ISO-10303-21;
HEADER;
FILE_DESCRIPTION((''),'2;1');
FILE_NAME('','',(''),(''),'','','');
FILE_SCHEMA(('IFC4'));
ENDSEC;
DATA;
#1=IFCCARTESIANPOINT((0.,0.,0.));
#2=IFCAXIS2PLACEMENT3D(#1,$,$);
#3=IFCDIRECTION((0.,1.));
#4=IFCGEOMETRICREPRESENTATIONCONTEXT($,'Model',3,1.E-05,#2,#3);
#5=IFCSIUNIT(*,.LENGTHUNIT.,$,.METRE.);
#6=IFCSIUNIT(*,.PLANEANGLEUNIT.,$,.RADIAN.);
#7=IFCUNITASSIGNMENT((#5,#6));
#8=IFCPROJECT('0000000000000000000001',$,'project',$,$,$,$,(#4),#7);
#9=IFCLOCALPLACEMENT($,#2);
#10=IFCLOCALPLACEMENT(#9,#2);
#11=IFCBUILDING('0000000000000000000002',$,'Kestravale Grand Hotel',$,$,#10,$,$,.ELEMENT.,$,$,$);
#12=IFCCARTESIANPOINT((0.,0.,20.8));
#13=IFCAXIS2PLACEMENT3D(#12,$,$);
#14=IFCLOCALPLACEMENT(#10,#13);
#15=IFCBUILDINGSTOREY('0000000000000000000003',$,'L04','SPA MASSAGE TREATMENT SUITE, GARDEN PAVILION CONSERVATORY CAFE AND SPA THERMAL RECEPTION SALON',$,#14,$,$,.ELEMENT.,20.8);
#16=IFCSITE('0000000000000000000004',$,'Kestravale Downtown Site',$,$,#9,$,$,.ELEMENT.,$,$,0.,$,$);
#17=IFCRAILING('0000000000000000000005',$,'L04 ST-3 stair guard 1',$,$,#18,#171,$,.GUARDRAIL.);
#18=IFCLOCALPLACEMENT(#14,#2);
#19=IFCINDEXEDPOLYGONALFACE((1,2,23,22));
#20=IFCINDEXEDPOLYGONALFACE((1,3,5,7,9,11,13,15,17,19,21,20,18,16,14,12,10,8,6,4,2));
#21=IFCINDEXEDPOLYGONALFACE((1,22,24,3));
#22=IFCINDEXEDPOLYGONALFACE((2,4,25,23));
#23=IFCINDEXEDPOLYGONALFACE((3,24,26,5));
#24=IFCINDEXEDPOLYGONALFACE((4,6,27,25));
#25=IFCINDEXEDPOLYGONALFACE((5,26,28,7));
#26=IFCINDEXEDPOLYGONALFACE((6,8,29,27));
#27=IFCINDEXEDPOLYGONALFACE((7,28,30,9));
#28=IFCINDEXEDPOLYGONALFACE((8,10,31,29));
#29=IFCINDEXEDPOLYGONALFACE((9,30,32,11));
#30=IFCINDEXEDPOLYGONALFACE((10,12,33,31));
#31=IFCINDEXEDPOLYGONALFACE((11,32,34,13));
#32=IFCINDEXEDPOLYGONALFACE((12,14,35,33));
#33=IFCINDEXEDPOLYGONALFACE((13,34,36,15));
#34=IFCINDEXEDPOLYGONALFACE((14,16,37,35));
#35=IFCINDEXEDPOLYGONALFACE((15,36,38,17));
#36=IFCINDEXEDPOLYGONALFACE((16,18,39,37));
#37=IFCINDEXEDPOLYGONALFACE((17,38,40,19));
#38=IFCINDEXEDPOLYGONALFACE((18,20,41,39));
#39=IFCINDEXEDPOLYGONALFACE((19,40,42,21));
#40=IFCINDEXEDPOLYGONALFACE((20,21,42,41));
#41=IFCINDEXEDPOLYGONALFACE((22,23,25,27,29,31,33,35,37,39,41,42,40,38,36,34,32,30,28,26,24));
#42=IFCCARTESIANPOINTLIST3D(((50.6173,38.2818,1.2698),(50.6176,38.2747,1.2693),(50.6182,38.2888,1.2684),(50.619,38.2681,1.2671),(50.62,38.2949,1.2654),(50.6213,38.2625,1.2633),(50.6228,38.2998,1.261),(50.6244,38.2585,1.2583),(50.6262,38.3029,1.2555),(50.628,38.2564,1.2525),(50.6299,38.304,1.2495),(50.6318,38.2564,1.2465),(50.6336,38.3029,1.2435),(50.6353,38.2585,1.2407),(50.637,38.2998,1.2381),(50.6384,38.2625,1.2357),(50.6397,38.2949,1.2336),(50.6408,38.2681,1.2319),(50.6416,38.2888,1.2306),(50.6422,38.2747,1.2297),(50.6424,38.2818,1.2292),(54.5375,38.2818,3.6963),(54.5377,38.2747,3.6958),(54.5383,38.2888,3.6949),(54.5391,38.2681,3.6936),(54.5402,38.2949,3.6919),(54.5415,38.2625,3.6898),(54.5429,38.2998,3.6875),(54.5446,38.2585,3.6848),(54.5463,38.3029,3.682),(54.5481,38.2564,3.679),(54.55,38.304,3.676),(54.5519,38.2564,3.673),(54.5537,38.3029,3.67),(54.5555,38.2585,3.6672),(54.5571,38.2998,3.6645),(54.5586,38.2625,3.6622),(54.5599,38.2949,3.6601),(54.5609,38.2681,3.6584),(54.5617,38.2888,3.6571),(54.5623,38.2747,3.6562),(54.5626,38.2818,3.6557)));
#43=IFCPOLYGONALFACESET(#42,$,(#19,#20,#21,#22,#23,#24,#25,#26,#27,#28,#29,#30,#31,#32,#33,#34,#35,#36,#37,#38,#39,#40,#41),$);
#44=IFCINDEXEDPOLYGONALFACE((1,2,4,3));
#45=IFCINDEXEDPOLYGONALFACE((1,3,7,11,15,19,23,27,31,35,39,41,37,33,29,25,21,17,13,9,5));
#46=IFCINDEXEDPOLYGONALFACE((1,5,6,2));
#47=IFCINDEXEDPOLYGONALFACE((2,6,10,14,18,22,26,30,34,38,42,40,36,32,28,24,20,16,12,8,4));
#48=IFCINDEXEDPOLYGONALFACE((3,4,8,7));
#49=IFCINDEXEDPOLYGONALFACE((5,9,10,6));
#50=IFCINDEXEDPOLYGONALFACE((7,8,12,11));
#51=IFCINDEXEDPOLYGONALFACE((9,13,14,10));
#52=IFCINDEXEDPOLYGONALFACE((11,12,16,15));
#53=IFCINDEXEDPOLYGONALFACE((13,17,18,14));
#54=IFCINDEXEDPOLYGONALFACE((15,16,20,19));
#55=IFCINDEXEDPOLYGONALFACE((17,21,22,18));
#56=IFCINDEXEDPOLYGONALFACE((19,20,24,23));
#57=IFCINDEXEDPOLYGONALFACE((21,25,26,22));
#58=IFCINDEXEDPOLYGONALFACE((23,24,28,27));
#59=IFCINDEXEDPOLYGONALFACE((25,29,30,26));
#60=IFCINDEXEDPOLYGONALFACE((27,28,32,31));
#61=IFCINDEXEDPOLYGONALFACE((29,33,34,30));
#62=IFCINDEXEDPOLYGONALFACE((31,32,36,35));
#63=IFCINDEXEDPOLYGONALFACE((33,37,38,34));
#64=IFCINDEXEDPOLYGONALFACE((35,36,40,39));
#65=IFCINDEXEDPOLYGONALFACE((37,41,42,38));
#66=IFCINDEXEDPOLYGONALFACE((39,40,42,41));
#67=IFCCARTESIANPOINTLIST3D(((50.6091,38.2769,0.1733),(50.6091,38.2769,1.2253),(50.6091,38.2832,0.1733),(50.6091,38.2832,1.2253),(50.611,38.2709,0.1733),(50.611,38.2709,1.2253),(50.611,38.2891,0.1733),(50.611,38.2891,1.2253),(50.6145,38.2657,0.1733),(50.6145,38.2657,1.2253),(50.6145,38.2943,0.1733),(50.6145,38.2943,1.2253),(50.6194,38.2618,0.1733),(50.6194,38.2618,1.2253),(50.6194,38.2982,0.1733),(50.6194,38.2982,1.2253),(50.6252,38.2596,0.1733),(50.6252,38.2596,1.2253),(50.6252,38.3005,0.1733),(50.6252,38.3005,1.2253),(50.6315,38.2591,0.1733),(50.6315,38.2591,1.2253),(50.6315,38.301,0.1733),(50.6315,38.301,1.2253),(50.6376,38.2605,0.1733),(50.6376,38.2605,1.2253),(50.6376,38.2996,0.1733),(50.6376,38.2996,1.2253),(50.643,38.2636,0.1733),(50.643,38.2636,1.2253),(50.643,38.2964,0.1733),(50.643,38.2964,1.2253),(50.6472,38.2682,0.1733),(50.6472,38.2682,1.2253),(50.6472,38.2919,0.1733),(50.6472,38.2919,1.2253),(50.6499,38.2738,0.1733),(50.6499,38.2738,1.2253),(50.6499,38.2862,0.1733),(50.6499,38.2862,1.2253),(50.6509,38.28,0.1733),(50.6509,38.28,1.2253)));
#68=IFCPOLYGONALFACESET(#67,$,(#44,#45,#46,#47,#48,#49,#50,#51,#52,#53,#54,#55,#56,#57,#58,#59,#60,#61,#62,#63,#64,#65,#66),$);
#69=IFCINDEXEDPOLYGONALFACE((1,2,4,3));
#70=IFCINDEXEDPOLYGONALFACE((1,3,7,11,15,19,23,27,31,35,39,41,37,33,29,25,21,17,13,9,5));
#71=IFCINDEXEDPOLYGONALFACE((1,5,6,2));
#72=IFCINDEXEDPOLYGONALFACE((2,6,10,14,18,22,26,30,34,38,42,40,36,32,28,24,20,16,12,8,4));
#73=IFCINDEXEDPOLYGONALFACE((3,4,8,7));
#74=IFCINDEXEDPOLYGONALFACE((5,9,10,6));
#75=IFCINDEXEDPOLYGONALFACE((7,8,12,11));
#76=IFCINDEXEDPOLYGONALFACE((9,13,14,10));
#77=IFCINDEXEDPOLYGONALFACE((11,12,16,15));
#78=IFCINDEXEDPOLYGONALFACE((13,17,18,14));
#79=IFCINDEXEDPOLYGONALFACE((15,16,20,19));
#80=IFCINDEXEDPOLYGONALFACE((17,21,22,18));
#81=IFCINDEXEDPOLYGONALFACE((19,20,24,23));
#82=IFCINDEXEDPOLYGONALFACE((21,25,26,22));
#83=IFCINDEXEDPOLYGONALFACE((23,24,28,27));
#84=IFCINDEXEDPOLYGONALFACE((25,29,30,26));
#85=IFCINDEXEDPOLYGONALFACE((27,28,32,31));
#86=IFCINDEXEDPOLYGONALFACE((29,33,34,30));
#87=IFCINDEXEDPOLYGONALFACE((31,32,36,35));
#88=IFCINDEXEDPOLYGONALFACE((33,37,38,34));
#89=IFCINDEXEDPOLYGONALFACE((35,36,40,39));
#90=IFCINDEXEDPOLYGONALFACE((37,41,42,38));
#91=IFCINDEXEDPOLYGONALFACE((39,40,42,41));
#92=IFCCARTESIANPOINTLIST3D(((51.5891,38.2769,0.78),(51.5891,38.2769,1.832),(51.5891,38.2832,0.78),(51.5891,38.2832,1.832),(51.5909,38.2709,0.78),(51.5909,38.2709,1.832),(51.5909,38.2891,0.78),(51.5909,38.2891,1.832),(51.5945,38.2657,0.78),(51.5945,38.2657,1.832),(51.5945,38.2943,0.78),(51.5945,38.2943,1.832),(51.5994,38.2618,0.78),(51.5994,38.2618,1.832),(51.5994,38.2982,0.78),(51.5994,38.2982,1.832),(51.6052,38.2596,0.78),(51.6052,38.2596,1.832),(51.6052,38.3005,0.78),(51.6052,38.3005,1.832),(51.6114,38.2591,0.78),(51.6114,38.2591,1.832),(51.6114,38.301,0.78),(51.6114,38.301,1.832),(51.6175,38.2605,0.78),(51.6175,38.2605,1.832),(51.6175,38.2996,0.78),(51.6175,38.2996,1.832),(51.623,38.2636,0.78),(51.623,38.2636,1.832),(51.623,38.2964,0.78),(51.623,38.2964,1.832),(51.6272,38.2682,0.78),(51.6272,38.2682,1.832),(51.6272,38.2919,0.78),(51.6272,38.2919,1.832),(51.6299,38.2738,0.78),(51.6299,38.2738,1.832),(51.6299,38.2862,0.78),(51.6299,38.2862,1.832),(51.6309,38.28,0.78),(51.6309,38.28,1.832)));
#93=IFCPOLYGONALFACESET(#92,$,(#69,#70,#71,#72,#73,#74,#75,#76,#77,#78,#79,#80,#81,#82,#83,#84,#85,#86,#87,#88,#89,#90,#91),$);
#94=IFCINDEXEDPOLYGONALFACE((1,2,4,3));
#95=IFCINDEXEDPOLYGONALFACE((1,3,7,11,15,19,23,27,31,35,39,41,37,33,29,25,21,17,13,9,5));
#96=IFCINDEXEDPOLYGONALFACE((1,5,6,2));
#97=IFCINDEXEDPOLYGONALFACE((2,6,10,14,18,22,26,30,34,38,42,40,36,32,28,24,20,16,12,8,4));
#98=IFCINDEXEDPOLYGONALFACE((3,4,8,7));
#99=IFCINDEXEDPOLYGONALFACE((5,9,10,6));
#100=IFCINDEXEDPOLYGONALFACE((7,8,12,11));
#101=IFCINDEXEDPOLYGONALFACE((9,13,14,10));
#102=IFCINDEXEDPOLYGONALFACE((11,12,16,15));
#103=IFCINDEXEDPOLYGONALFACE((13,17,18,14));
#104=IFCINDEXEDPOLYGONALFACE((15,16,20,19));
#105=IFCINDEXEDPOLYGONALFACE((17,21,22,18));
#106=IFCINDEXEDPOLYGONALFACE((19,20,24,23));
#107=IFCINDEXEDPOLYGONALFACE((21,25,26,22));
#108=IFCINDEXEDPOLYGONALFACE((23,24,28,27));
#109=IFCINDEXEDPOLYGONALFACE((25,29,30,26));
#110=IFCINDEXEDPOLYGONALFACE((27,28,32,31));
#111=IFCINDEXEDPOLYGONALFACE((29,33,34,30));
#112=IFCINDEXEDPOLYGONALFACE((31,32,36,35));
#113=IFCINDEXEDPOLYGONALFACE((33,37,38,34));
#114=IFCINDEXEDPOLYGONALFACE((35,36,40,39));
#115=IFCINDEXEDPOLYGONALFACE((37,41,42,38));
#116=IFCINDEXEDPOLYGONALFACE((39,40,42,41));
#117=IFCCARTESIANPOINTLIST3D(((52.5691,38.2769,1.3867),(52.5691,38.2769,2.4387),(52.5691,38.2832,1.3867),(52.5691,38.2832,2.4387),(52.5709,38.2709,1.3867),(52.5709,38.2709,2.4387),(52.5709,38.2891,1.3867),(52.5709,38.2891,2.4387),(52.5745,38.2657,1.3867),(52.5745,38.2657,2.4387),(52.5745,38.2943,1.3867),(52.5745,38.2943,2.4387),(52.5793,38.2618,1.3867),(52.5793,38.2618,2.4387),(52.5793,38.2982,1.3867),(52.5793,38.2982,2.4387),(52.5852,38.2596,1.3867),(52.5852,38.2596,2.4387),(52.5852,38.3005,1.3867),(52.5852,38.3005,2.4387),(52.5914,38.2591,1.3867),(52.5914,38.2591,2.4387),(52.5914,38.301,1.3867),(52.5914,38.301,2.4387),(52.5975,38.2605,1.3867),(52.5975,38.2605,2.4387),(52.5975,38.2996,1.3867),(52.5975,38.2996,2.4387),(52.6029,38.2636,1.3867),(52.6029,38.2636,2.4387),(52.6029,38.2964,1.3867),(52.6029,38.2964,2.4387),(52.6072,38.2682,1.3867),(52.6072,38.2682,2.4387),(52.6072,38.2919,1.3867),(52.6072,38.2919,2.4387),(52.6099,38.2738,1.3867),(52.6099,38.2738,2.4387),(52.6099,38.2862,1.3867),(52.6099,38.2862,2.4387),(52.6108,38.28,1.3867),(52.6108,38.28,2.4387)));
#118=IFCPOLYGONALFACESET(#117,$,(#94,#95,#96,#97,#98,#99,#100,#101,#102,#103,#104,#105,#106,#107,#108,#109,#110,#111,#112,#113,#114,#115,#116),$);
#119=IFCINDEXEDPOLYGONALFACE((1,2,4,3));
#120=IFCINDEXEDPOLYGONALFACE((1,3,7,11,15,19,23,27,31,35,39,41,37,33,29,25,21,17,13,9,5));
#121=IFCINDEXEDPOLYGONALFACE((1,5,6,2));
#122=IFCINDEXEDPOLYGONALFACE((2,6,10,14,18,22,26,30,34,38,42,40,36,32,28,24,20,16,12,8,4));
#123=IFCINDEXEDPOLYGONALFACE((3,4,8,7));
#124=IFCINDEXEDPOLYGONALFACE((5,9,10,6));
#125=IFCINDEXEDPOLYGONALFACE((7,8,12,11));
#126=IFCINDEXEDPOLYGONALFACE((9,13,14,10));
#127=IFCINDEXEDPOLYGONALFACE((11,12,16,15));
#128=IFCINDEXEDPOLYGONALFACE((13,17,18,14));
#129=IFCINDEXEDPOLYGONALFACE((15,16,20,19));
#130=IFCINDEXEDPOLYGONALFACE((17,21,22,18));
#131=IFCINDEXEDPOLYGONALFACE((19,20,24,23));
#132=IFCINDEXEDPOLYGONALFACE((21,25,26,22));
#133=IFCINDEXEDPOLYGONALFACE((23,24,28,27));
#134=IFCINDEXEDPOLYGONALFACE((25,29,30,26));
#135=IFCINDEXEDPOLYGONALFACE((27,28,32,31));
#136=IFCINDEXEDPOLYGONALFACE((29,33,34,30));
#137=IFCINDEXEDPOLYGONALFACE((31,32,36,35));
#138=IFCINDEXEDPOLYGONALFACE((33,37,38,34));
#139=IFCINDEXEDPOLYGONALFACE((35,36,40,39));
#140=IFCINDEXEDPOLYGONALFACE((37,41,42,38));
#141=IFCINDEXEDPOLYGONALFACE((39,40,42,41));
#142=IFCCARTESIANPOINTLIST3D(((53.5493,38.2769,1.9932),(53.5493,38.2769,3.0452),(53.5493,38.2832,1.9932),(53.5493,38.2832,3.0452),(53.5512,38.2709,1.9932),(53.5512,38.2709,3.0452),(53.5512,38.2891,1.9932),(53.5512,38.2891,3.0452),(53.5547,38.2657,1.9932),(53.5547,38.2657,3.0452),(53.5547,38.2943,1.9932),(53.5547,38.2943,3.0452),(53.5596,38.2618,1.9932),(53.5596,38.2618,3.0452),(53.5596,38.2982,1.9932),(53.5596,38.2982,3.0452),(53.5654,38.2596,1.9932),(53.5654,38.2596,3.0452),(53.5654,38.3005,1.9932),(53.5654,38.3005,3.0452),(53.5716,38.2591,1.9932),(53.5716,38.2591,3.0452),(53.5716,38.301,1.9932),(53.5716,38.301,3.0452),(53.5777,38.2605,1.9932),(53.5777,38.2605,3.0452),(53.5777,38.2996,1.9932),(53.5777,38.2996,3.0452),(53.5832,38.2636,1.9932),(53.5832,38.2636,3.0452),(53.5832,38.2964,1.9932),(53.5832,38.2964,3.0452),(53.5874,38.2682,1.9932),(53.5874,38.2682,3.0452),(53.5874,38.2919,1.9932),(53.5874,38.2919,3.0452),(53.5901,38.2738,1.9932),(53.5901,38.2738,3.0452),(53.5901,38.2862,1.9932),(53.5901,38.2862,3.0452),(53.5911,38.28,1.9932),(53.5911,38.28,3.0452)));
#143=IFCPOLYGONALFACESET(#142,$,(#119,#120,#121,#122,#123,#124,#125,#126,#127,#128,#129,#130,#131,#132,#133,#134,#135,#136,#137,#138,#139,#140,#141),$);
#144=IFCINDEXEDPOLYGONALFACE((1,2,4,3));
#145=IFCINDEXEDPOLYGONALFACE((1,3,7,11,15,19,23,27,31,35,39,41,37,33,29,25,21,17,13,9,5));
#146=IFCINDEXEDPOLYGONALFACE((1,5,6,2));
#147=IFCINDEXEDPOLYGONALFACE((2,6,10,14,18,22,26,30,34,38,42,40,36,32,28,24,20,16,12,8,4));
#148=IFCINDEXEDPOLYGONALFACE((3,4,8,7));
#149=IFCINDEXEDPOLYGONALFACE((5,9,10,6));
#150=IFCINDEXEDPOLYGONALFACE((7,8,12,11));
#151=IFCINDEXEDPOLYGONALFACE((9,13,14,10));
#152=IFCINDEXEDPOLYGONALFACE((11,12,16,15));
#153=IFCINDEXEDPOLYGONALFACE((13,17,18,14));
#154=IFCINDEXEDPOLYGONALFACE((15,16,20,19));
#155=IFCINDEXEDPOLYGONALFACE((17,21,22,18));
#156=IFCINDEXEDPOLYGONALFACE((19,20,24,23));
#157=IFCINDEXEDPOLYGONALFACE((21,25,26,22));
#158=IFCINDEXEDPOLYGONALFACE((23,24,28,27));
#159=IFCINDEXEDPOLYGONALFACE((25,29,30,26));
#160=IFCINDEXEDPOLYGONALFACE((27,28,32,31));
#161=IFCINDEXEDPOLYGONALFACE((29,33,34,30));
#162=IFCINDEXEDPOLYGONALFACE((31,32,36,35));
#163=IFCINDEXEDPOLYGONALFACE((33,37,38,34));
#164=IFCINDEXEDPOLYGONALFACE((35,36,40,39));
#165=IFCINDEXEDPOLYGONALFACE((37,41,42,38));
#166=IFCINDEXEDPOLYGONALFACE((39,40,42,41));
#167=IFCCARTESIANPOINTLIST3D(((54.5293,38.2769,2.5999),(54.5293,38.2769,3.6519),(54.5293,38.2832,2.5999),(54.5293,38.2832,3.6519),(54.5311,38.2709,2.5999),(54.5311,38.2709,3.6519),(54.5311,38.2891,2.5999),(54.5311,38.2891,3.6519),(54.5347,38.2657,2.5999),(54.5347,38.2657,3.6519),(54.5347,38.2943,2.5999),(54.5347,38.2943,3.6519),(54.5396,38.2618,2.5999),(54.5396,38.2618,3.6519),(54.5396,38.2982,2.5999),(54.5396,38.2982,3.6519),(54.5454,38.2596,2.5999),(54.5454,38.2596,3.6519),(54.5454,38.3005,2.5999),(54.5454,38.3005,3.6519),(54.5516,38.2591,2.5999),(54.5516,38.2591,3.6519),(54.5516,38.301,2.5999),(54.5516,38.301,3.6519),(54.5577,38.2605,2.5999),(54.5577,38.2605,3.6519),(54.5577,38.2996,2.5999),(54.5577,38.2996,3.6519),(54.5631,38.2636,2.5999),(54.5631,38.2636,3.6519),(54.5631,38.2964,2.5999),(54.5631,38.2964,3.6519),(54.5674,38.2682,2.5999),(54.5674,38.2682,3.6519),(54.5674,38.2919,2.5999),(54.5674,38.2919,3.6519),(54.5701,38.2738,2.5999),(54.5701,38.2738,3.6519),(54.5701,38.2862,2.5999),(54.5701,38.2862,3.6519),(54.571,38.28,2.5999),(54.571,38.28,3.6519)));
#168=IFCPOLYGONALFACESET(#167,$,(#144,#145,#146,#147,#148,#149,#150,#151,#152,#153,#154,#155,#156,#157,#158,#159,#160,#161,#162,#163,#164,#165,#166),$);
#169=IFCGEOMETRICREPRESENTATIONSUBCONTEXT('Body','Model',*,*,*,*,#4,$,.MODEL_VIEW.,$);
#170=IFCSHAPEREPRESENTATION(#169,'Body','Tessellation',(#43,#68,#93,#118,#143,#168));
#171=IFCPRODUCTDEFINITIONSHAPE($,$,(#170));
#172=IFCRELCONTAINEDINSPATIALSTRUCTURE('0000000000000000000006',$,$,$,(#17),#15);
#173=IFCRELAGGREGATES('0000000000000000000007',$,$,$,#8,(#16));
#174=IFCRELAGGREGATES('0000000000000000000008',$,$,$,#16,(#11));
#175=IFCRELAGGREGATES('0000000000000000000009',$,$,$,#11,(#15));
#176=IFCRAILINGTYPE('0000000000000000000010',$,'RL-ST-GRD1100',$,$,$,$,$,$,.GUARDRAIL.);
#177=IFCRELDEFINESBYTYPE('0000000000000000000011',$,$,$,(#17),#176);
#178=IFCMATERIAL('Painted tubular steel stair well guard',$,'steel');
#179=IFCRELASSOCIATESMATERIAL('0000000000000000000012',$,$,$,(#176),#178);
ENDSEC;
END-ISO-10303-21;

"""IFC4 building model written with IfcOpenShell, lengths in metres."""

from ifc_helpers import new_model, si_unit, direction, frame, origin, origin_2d, place, context, subcontext, project, spatial, circle, extrude, material, type_object, element, save


model = new_model("IFC4")

# Units and contexts
model_context = context("Model", 3, precision=1e-05, world=origin(), true_north=direction((0.0, 1.0)))
body_context = subcontext(model_context, "Body", "Model", "MODEL_VIEW")
ifc_project = project(units=[si_unit("LENGTHUNIT", "METRE"), si_unit("PLANEANGLEUNIT", "RADIAN")], contexts=[model_context])

# Site, building, storey
site_placement = place(None, origin())
site = spatial("IfcSite", under=ifc_project, at=site_placement, Name="Kestravale Downtown Site", CompositionType="ELEMENT", RefElevation=0.0)
building_placement = place(site_placement, origin())
building = spatial("IfcBuilding", under=site, at=building_placement, Name="Kestravale Grand Hotel", CompositionType="ELEMENT")
storey_placement = place(building_placement, frame((0.0, 0.0, 20.8)))
storey = spatial("IfcBuildingStorey", under=building, at=storey_placement, Name="L04", Description="SPA MASSAGE TREATMENT SUITE, GARDEN PAVILION CONSERVATORY CAFE AND SPA THERMAL RECEPTION SALON", CompositionType="ELEMENT", Elevation=20.8)

# Railing
ifc_material_1 = material(Name="Painted tubular steel stair well guard", Category="steel")
railing_type_1 = type_object("IfcRailingType", Name="RL-ST-GRD1100", PredefinedType="GUARDRAIL", material=ifc_material_1)
railing_1_placement = place(storey_placement, frame((50.6299, 38.28, 0.1733)))
element("IfcRailing", 1, at=railing_1_placement, inside=storey, type_object=railing_type_1, Name="L04 ST-3 stair guard 1", PredefinedType="GUARDRAIL", context=body_context, shape_type="SweptSolid", body=[
    extrude(circle(Radius=0.0239, at=origin_2d()), frame((0.0, 0.0, 1.0762), z_axis=(0.85029, 0.0, 0.526315), x_axis=(0.0, 1.0, 0.0)), (0.0, 0.0, 1.0), 4.6104),
    extrude(circle(Radius=0.021, at=origin_2d()), origin(), (0.0, 0.0, 1.0), 1.052),
    extrude(circle(Radius=0.021, at=origin_2d()), frame((0.98, 0.0, 0.6067)), (0.0, 0.0, 1.0), 1.052),
    extrude(circle(Radius=0.021, at=origin_2d()), frame((1.96, 0.0, 1.2134)), (0.0, 0.0, 1.0), 1.052),
    extrude(circle(Radius=0.021, at=origin_2d()), frame((2.9402, 0.0, 1.8198)), (0.0, 0.0, 1.0), 1.052),
    extrude(circle(Radius=0.021, at=origin_2d()), frame((3.9202, 0.0, 2.4265)), (0.0, 0.0, 1.0), 1.052),
])

save(model, "model.ifc")
